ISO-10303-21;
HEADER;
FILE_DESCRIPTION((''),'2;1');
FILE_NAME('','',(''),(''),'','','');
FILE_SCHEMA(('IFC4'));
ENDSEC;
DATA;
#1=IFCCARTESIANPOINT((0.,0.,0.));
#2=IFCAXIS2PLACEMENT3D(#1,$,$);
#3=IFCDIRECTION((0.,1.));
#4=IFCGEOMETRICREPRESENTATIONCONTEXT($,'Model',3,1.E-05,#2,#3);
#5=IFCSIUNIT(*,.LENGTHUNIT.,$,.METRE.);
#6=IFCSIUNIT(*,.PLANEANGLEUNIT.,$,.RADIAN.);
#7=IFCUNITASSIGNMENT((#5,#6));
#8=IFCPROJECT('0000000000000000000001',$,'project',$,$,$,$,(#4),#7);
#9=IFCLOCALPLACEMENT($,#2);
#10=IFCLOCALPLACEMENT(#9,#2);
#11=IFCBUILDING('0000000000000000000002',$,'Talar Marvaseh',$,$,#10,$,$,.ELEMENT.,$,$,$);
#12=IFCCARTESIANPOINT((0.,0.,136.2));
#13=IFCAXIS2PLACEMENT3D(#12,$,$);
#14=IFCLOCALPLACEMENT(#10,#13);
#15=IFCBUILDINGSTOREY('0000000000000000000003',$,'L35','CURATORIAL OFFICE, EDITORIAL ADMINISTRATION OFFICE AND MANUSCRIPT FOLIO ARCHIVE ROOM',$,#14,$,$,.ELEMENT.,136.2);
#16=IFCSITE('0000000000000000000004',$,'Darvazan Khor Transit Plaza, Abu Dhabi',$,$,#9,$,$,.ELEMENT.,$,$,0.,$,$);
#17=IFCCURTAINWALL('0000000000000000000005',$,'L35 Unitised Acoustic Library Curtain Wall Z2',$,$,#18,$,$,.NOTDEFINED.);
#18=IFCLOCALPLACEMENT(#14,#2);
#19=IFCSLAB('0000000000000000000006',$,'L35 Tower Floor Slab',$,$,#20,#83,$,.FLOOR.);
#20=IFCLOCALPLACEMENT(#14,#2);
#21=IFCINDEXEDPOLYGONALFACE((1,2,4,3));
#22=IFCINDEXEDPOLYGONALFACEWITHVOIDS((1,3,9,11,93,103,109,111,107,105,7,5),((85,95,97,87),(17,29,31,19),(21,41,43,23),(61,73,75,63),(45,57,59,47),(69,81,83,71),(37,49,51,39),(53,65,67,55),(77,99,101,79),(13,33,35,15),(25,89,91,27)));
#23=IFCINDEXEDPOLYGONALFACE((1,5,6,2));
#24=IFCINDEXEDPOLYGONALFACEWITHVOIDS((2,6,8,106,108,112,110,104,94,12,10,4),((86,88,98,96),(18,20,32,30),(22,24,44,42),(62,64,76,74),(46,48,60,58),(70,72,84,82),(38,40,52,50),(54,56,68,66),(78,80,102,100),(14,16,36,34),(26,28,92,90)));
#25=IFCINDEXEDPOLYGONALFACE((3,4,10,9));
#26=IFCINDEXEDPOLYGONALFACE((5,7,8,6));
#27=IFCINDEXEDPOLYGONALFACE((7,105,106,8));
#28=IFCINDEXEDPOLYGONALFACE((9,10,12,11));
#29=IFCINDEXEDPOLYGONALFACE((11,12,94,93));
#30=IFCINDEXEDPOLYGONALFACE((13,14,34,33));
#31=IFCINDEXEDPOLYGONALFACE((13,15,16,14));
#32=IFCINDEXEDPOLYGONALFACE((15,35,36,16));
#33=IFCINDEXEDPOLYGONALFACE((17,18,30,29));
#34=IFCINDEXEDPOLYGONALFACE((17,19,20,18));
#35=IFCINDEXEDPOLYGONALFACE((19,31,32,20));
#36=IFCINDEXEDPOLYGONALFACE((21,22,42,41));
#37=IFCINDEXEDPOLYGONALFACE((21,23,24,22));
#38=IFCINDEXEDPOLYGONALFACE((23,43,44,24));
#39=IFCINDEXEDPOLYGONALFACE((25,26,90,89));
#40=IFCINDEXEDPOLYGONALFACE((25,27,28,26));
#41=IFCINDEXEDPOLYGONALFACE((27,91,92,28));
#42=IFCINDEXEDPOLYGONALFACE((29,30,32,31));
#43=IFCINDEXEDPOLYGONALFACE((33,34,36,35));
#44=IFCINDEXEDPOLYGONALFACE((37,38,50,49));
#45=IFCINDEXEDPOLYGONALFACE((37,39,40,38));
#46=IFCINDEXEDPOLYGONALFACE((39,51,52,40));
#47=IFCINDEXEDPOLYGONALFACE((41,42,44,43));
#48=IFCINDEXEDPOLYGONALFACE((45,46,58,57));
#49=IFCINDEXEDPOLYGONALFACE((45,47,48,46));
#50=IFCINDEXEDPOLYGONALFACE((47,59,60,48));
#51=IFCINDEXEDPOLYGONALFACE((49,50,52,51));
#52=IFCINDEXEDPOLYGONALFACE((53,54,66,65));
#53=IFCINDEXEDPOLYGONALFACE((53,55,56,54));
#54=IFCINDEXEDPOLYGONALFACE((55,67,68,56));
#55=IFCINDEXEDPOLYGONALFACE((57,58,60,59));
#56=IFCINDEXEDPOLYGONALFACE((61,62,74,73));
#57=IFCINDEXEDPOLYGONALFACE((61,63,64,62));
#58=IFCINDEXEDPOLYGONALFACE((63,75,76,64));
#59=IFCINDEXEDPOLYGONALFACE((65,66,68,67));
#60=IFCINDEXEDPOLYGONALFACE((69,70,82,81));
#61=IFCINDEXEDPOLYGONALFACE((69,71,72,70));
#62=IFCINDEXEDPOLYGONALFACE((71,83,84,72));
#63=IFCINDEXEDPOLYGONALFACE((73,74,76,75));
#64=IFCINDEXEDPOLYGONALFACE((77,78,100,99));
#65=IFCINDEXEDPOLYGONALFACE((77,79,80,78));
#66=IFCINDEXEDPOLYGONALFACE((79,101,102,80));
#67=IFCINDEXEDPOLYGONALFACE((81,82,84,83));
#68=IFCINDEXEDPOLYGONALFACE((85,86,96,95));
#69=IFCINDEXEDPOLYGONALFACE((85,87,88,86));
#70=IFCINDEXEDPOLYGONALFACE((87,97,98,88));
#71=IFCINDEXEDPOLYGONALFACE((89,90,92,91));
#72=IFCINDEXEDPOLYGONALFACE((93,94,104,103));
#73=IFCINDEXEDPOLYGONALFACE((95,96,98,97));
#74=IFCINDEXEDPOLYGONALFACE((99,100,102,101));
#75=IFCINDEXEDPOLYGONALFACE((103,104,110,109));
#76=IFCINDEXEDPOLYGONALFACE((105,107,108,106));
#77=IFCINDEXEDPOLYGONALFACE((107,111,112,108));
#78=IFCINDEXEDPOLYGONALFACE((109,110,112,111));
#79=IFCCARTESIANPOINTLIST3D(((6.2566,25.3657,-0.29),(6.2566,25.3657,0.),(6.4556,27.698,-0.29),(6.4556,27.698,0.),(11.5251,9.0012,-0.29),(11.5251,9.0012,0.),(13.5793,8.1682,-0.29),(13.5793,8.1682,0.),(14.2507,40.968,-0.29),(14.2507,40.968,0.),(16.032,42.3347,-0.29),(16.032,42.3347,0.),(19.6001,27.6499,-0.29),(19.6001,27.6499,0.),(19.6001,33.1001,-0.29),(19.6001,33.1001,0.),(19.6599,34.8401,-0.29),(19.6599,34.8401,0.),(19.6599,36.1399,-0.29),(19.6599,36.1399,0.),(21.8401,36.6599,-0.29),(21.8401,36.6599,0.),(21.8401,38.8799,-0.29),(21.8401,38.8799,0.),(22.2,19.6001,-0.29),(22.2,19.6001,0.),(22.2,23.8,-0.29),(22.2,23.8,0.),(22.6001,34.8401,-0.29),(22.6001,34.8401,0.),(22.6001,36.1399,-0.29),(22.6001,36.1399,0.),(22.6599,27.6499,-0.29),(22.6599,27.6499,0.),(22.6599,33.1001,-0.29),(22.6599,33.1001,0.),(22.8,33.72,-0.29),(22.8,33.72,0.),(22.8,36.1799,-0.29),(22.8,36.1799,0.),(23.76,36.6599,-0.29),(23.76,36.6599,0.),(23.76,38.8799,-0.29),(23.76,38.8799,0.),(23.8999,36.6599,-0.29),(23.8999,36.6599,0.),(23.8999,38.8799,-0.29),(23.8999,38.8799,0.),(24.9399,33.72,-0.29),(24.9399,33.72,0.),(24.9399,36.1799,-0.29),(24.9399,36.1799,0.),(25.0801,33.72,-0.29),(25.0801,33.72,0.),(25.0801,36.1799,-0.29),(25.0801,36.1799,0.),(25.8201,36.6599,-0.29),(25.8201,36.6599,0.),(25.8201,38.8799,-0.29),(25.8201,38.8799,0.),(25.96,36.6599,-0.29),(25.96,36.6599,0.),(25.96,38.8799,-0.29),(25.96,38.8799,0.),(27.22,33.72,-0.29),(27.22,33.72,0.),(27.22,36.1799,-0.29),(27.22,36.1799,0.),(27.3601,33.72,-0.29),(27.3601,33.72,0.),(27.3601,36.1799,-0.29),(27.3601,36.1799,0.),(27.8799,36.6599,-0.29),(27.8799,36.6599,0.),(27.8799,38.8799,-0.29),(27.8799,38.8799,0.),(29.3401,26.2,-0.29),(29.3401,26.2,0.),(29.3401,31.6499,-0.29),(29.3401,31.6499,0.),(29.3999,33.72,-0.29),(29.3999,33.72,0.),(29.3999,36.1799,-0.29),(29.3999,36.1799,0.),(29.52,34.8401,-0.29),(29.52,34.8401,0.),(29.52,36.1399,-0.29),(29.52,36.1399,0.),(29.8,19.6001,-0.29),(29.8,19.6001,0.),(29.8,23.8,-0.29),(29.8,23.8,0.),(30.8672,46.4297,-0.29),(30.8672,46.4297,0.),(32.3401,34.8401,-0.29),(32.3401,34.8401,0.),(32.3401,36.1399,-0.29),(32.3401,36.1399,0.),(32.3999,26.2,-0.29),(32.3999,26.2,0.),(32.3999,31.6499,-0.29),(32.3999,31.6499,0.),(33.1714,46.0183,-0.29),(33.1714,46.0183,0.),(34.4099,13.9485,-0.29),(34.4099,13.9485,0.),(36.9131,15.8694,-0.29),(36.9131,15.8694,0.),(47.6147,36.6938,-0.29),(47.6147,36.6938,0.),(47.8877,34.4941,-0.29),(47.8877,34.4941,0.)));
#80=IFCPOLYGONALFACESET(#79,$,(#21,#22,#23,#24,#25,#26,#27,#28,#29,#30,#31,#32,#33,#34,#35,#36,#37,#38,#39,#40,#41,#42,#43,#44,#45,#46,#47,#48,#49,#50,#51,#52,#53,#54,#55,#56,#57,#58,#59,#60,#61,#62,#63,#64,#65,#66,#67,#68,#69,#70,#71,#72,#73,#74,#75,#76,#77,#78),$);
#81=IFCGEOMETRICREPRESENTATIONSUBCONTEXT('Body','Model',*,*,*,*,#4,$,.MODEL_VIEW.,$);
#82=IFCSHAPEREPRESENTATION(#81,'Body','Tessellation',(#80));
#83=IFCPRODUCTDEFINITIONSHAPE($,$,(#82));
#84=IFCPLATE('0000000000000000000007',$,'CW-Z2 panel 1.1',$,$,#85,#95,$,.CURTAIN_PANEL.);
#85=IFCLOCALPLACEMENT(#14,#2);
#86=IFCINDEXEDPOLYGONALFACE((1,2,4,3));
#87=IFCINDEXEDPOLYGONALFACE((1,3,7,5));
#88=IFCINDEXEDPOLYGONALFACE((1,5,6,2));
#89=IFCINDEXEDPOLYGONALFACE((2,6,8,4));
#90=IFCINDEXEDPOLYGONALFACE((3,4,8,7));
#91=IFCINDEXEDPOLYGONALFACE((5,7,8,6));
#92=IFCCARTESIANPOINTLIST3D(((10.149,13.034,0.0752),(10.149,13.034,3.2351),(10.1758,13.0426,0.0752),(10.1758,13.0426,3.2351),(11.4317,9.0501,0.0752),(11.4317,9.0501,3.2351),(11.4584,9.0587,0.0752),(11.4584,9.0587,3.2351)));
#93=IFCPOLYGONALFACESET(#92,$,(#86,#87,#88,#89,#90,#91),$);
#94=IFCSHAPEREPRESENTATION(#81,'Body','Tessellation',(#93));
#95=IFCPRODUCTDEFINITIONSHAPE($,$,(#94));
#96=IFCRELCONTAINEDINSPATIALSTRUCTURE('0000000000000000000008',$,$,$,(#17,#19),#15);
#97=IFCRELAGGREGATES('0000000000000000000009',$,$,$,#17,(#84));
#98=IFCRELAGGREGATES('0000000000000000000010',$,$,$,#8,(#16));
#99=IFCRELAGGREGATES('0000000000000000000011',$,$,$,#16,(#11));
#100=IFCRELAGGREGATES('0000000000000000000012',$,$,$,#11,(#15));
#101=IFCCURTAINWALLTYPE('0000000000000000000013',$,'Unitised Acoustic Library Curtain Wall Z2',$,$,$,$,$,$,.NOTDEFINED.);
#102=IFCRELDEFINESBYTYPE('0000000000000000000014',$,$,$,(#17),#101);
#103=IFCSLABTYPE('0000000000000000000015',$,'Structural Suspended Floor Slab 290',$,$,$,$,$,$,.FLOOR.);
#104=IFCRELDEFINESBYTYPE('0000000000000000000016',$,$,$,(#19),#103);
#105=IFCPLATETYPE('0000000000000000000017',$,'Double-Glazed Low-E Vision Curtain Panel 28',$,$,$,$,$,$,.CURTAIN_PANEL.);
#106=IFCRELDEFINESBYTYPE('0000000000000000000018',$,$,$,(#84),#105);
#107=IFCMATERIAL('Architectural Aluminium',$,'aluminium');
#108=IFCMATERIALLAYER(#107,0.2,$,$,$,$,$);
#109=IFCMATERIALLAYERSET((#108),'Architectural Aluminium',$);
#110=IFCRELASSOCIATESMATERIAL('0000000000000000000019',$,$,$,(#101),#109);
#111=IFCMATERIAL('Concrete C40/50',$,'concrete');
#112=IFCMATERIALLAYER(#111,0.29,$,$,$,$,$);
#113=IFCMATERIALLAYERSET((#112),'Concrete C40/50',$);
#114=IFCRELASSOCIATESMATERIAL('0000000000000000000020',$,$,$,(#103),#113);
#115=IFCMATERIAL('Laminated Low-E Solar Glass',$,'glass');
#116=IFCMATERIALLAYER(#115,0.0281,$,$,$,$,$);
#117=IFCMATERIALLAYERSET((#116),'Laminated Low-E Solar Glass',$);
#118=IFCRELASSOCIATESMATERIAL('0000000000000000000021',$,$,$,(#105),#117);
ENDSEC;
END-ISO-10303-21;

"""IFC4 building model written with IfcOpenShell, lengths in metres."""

from ifc_helpers import new_model, si_unit, direction, frame, origin, origin_2d, place, context, subcontext, project, spatial, polyline, rectangle, outline, extrude, source, transform, mapped, material, layer, layer_set, type_object, type_shapes, element, aggregate, save


model = new_model("IFC4")

# Units and contexts
model_context = context("Model", 3, precision=1e-05, world=origin(), true_north=direction((0.0, 1.0)))
body_context = subcontext(model_context, "Body", "Model", "MODEL_VIEW")
ifc_project = project(units=[si_unit("LENGTHUNIT", "METRE"), si_unit("PLANEANGLEUNIT", "RADIAN")], contexts=[model_context])

# Site, building, storey
site_placement = place(None, origin())
site = spatial("IfcSite", under=ifc_project, at=site_placement, Name="Darvazan Khor Transit Plaza, Abu Dhabi", CompositionType="ELEMENT", RefElevation=0.0)
building_placement = place(site_placement, origin())
building = spatial("IfcBuilding", under=site, at=building_placement, Name="Talar Marvaseh", CompositionType="ELEMENT")
storey_placement = place(building_placement, frame((0.0, 0.0, 136.2)))
storey = spatial("IfcBuildingStorey", under=building, at=storey_placement, Name="L35", Description="CURATORIAL OFFICE, EDITORIAL ADMINISTRATION OFFICE AND MANUSCRIPT FOLIO ARCHIVE ROOM", CompositionType="ELEMENT", Elevation=136.2)

# Curtain wall
ifc_material_1 = material(Name="Architectural Aluminium", Category="aluminium")
ifc_layer_1 = layer(ifc_material_1, 0.2)
ifc_layer_set_1 = layer_set([ifc_layer_1], Name="Architectural Aluminium")
curtain_wall_type = type_object("IfcCurtainWallType", Name="Unitised Acoustic Library Curtain Wall Z2", PredefinedType="NOTDEFINED", material=ifc_layer_set_1)
curtain_wall_placement = place(storey_placement, origin())
curtain_wall = element("IfcCurtainWall", 1, at=curtain_wall_placement, inside=storey, type_object=curtain_wall_type, Name="L35 Unitised Acoustic Library Curtain Wall Z2", PredefinedType="NOTDEFINED")

# Shared definitions
ifc_material_2 = material(Name="Concrete C40/50", Category="concrete")

# Slab
ifc_layer_2 = layer(ifc_material_2, 0.29)
ifc_layer_set_2 = layer_set([ifc_layer_2], Name="Concrete C40/50")
slab_type_1 = type_object("IfcSlabType", Name="Structural Suspended Floor Slab 290", PredefinedType="FLOOR", material=ifc_layer_set_2)
slab_1_placement = place(storey_placement, frame((0.0, 0.0, -0.29)))
element("IfcSlab", 2, at=slab_1_placement, inside=storey, type_object=slab_type_1, Name="L35 Tower Floor Slab", PredefinedType="FLOOR", context=body_context, shape_type="SweptSolid", body=[
    extrude(outline(polyline([(13.5793, 8.1682), (11.5251, 9.0012), (6.2566, 25.3657), (6.4556, 27.698), (14.2507, 40.968), (16.032, 42.3347), (30.8672, 46.4297), (33.1714, 46.0183), (47.6147, 36.6938), (47.8877, 34.4941), (36.9131, 15.8694), (34.4099, 13.9485), (13.5793, 8.1682)]), holes=[polyline([(22.6599, 27.6499), (22.6599, 33.1001), (19.6001, 33.1001), (19.6001, 27.6499), (22.6599, 27.6499)]), polyline([(29.3401, 31.6499), (29.3401, 26.2), (32.3999, 26.2), (32.3999, 31.6499), (29.3401, 31.6499)]), polyline([(22.8, 33.72), (24.9399, 33.72), (24.9399, 36.1799), (22.8, 36.1799), (22.8, 33.72)]), polyline([(25.0801, 33.72), (27.22, 33.72), (27.22, 36.1799), (25.0801, 36.1799), (25.0801, 33.72)]), polyline([(27.3601, 33.72), (29.3999, 33.72), (29.3999, 36.1799), (27.3601, 36.1799), (27.3601, 33.72)]), polyline([(21.8401, 36.6599), (23.76, 36.6599), (23.76, 38.8799), (21.8401, 38.8799), (21.8401, 36.6599)]), polyline([(23.8999, 36.6599), (25.8201, 36.6599), (25.8201, 38.8799), (23.8999, 38.8799), (23.8999, 36.6599)]), polyline([(25.96, 36.6599), (27.8799, 36.6599), (27.8799, 38.8799), (25.96, 38.8799), (25.96, 36.6599)]), polyline([(19.6599, 34.8401), (22.6001, 34.8401), (22.6001, 36.1399), (19.6599, 36.1399), (19.6599, 34.8401)]), polyline([(29.52, 34.8401), (32.3401, 34.8401), (32.3401, 36.1399), (29.52, 36.1399), (29.52, 34.8401)]), polyline([(22.2, 19.6001), (29.8, 19.6001), (29.8, 23.8), (22.2, 23.8), (22.2, 19.6001)])]), origin(), (0.0, 0.0, 1.0), 0.29),
])

# Plate
ifc_material_3 = material(Name="Laminated Low-E Solar Glass", Category="glass")
ifc_layer_3 = layer(ifc_material_3, 0.0281)
ifc_layer_set_3 = layer_set([ifc_layer_3], Name="Laminated Low-E Solar Glass")
plate_type = type_object("IfcPlateType", Name="Double-Glazed Low-E Vision Curtain Panel 28", PredefinedType="CURTAIN_PANEL", material=ifc_layer_set_3)
shared_shape_1 = source(origin(), body_context, "Body", "SweptSolid", [
    extrude(rectangle(XDim=4.1853, YDim=0.0281, at=origin_2d()), origin(), (0.0, 0.0, 1.0), 3.1599),
])
type_shapes(plate_type, [shared_shape_1])
plate_placement = place(storey_placement, frame((10.8037, 11.0464, 0.0752), z_axis=(0.0, 0.0, 1.0), x_axis=(-0.306463, 0.951882, 0.0)))
plate = element("IfcPlate", 3, at=plate_placement, type_object=plate_type, Name="CW-Z2 panel 1.1", PredefinedType="CURTAIN_PANEL", context=body_context, shape_type="MappedRepresentation", body=[
    mapped(shared_shape_1, transform((0.0, 0.0, 0.0), x_axis=(1.0, 0.0, 0.0), y_axis=(0.0, 1.0, 0.0), z_axis=(0.0, 0.0, 1.0), scale=1.0)),
])
aggregate(curtain_wall, [plate])

save(model, "model.ifc")
